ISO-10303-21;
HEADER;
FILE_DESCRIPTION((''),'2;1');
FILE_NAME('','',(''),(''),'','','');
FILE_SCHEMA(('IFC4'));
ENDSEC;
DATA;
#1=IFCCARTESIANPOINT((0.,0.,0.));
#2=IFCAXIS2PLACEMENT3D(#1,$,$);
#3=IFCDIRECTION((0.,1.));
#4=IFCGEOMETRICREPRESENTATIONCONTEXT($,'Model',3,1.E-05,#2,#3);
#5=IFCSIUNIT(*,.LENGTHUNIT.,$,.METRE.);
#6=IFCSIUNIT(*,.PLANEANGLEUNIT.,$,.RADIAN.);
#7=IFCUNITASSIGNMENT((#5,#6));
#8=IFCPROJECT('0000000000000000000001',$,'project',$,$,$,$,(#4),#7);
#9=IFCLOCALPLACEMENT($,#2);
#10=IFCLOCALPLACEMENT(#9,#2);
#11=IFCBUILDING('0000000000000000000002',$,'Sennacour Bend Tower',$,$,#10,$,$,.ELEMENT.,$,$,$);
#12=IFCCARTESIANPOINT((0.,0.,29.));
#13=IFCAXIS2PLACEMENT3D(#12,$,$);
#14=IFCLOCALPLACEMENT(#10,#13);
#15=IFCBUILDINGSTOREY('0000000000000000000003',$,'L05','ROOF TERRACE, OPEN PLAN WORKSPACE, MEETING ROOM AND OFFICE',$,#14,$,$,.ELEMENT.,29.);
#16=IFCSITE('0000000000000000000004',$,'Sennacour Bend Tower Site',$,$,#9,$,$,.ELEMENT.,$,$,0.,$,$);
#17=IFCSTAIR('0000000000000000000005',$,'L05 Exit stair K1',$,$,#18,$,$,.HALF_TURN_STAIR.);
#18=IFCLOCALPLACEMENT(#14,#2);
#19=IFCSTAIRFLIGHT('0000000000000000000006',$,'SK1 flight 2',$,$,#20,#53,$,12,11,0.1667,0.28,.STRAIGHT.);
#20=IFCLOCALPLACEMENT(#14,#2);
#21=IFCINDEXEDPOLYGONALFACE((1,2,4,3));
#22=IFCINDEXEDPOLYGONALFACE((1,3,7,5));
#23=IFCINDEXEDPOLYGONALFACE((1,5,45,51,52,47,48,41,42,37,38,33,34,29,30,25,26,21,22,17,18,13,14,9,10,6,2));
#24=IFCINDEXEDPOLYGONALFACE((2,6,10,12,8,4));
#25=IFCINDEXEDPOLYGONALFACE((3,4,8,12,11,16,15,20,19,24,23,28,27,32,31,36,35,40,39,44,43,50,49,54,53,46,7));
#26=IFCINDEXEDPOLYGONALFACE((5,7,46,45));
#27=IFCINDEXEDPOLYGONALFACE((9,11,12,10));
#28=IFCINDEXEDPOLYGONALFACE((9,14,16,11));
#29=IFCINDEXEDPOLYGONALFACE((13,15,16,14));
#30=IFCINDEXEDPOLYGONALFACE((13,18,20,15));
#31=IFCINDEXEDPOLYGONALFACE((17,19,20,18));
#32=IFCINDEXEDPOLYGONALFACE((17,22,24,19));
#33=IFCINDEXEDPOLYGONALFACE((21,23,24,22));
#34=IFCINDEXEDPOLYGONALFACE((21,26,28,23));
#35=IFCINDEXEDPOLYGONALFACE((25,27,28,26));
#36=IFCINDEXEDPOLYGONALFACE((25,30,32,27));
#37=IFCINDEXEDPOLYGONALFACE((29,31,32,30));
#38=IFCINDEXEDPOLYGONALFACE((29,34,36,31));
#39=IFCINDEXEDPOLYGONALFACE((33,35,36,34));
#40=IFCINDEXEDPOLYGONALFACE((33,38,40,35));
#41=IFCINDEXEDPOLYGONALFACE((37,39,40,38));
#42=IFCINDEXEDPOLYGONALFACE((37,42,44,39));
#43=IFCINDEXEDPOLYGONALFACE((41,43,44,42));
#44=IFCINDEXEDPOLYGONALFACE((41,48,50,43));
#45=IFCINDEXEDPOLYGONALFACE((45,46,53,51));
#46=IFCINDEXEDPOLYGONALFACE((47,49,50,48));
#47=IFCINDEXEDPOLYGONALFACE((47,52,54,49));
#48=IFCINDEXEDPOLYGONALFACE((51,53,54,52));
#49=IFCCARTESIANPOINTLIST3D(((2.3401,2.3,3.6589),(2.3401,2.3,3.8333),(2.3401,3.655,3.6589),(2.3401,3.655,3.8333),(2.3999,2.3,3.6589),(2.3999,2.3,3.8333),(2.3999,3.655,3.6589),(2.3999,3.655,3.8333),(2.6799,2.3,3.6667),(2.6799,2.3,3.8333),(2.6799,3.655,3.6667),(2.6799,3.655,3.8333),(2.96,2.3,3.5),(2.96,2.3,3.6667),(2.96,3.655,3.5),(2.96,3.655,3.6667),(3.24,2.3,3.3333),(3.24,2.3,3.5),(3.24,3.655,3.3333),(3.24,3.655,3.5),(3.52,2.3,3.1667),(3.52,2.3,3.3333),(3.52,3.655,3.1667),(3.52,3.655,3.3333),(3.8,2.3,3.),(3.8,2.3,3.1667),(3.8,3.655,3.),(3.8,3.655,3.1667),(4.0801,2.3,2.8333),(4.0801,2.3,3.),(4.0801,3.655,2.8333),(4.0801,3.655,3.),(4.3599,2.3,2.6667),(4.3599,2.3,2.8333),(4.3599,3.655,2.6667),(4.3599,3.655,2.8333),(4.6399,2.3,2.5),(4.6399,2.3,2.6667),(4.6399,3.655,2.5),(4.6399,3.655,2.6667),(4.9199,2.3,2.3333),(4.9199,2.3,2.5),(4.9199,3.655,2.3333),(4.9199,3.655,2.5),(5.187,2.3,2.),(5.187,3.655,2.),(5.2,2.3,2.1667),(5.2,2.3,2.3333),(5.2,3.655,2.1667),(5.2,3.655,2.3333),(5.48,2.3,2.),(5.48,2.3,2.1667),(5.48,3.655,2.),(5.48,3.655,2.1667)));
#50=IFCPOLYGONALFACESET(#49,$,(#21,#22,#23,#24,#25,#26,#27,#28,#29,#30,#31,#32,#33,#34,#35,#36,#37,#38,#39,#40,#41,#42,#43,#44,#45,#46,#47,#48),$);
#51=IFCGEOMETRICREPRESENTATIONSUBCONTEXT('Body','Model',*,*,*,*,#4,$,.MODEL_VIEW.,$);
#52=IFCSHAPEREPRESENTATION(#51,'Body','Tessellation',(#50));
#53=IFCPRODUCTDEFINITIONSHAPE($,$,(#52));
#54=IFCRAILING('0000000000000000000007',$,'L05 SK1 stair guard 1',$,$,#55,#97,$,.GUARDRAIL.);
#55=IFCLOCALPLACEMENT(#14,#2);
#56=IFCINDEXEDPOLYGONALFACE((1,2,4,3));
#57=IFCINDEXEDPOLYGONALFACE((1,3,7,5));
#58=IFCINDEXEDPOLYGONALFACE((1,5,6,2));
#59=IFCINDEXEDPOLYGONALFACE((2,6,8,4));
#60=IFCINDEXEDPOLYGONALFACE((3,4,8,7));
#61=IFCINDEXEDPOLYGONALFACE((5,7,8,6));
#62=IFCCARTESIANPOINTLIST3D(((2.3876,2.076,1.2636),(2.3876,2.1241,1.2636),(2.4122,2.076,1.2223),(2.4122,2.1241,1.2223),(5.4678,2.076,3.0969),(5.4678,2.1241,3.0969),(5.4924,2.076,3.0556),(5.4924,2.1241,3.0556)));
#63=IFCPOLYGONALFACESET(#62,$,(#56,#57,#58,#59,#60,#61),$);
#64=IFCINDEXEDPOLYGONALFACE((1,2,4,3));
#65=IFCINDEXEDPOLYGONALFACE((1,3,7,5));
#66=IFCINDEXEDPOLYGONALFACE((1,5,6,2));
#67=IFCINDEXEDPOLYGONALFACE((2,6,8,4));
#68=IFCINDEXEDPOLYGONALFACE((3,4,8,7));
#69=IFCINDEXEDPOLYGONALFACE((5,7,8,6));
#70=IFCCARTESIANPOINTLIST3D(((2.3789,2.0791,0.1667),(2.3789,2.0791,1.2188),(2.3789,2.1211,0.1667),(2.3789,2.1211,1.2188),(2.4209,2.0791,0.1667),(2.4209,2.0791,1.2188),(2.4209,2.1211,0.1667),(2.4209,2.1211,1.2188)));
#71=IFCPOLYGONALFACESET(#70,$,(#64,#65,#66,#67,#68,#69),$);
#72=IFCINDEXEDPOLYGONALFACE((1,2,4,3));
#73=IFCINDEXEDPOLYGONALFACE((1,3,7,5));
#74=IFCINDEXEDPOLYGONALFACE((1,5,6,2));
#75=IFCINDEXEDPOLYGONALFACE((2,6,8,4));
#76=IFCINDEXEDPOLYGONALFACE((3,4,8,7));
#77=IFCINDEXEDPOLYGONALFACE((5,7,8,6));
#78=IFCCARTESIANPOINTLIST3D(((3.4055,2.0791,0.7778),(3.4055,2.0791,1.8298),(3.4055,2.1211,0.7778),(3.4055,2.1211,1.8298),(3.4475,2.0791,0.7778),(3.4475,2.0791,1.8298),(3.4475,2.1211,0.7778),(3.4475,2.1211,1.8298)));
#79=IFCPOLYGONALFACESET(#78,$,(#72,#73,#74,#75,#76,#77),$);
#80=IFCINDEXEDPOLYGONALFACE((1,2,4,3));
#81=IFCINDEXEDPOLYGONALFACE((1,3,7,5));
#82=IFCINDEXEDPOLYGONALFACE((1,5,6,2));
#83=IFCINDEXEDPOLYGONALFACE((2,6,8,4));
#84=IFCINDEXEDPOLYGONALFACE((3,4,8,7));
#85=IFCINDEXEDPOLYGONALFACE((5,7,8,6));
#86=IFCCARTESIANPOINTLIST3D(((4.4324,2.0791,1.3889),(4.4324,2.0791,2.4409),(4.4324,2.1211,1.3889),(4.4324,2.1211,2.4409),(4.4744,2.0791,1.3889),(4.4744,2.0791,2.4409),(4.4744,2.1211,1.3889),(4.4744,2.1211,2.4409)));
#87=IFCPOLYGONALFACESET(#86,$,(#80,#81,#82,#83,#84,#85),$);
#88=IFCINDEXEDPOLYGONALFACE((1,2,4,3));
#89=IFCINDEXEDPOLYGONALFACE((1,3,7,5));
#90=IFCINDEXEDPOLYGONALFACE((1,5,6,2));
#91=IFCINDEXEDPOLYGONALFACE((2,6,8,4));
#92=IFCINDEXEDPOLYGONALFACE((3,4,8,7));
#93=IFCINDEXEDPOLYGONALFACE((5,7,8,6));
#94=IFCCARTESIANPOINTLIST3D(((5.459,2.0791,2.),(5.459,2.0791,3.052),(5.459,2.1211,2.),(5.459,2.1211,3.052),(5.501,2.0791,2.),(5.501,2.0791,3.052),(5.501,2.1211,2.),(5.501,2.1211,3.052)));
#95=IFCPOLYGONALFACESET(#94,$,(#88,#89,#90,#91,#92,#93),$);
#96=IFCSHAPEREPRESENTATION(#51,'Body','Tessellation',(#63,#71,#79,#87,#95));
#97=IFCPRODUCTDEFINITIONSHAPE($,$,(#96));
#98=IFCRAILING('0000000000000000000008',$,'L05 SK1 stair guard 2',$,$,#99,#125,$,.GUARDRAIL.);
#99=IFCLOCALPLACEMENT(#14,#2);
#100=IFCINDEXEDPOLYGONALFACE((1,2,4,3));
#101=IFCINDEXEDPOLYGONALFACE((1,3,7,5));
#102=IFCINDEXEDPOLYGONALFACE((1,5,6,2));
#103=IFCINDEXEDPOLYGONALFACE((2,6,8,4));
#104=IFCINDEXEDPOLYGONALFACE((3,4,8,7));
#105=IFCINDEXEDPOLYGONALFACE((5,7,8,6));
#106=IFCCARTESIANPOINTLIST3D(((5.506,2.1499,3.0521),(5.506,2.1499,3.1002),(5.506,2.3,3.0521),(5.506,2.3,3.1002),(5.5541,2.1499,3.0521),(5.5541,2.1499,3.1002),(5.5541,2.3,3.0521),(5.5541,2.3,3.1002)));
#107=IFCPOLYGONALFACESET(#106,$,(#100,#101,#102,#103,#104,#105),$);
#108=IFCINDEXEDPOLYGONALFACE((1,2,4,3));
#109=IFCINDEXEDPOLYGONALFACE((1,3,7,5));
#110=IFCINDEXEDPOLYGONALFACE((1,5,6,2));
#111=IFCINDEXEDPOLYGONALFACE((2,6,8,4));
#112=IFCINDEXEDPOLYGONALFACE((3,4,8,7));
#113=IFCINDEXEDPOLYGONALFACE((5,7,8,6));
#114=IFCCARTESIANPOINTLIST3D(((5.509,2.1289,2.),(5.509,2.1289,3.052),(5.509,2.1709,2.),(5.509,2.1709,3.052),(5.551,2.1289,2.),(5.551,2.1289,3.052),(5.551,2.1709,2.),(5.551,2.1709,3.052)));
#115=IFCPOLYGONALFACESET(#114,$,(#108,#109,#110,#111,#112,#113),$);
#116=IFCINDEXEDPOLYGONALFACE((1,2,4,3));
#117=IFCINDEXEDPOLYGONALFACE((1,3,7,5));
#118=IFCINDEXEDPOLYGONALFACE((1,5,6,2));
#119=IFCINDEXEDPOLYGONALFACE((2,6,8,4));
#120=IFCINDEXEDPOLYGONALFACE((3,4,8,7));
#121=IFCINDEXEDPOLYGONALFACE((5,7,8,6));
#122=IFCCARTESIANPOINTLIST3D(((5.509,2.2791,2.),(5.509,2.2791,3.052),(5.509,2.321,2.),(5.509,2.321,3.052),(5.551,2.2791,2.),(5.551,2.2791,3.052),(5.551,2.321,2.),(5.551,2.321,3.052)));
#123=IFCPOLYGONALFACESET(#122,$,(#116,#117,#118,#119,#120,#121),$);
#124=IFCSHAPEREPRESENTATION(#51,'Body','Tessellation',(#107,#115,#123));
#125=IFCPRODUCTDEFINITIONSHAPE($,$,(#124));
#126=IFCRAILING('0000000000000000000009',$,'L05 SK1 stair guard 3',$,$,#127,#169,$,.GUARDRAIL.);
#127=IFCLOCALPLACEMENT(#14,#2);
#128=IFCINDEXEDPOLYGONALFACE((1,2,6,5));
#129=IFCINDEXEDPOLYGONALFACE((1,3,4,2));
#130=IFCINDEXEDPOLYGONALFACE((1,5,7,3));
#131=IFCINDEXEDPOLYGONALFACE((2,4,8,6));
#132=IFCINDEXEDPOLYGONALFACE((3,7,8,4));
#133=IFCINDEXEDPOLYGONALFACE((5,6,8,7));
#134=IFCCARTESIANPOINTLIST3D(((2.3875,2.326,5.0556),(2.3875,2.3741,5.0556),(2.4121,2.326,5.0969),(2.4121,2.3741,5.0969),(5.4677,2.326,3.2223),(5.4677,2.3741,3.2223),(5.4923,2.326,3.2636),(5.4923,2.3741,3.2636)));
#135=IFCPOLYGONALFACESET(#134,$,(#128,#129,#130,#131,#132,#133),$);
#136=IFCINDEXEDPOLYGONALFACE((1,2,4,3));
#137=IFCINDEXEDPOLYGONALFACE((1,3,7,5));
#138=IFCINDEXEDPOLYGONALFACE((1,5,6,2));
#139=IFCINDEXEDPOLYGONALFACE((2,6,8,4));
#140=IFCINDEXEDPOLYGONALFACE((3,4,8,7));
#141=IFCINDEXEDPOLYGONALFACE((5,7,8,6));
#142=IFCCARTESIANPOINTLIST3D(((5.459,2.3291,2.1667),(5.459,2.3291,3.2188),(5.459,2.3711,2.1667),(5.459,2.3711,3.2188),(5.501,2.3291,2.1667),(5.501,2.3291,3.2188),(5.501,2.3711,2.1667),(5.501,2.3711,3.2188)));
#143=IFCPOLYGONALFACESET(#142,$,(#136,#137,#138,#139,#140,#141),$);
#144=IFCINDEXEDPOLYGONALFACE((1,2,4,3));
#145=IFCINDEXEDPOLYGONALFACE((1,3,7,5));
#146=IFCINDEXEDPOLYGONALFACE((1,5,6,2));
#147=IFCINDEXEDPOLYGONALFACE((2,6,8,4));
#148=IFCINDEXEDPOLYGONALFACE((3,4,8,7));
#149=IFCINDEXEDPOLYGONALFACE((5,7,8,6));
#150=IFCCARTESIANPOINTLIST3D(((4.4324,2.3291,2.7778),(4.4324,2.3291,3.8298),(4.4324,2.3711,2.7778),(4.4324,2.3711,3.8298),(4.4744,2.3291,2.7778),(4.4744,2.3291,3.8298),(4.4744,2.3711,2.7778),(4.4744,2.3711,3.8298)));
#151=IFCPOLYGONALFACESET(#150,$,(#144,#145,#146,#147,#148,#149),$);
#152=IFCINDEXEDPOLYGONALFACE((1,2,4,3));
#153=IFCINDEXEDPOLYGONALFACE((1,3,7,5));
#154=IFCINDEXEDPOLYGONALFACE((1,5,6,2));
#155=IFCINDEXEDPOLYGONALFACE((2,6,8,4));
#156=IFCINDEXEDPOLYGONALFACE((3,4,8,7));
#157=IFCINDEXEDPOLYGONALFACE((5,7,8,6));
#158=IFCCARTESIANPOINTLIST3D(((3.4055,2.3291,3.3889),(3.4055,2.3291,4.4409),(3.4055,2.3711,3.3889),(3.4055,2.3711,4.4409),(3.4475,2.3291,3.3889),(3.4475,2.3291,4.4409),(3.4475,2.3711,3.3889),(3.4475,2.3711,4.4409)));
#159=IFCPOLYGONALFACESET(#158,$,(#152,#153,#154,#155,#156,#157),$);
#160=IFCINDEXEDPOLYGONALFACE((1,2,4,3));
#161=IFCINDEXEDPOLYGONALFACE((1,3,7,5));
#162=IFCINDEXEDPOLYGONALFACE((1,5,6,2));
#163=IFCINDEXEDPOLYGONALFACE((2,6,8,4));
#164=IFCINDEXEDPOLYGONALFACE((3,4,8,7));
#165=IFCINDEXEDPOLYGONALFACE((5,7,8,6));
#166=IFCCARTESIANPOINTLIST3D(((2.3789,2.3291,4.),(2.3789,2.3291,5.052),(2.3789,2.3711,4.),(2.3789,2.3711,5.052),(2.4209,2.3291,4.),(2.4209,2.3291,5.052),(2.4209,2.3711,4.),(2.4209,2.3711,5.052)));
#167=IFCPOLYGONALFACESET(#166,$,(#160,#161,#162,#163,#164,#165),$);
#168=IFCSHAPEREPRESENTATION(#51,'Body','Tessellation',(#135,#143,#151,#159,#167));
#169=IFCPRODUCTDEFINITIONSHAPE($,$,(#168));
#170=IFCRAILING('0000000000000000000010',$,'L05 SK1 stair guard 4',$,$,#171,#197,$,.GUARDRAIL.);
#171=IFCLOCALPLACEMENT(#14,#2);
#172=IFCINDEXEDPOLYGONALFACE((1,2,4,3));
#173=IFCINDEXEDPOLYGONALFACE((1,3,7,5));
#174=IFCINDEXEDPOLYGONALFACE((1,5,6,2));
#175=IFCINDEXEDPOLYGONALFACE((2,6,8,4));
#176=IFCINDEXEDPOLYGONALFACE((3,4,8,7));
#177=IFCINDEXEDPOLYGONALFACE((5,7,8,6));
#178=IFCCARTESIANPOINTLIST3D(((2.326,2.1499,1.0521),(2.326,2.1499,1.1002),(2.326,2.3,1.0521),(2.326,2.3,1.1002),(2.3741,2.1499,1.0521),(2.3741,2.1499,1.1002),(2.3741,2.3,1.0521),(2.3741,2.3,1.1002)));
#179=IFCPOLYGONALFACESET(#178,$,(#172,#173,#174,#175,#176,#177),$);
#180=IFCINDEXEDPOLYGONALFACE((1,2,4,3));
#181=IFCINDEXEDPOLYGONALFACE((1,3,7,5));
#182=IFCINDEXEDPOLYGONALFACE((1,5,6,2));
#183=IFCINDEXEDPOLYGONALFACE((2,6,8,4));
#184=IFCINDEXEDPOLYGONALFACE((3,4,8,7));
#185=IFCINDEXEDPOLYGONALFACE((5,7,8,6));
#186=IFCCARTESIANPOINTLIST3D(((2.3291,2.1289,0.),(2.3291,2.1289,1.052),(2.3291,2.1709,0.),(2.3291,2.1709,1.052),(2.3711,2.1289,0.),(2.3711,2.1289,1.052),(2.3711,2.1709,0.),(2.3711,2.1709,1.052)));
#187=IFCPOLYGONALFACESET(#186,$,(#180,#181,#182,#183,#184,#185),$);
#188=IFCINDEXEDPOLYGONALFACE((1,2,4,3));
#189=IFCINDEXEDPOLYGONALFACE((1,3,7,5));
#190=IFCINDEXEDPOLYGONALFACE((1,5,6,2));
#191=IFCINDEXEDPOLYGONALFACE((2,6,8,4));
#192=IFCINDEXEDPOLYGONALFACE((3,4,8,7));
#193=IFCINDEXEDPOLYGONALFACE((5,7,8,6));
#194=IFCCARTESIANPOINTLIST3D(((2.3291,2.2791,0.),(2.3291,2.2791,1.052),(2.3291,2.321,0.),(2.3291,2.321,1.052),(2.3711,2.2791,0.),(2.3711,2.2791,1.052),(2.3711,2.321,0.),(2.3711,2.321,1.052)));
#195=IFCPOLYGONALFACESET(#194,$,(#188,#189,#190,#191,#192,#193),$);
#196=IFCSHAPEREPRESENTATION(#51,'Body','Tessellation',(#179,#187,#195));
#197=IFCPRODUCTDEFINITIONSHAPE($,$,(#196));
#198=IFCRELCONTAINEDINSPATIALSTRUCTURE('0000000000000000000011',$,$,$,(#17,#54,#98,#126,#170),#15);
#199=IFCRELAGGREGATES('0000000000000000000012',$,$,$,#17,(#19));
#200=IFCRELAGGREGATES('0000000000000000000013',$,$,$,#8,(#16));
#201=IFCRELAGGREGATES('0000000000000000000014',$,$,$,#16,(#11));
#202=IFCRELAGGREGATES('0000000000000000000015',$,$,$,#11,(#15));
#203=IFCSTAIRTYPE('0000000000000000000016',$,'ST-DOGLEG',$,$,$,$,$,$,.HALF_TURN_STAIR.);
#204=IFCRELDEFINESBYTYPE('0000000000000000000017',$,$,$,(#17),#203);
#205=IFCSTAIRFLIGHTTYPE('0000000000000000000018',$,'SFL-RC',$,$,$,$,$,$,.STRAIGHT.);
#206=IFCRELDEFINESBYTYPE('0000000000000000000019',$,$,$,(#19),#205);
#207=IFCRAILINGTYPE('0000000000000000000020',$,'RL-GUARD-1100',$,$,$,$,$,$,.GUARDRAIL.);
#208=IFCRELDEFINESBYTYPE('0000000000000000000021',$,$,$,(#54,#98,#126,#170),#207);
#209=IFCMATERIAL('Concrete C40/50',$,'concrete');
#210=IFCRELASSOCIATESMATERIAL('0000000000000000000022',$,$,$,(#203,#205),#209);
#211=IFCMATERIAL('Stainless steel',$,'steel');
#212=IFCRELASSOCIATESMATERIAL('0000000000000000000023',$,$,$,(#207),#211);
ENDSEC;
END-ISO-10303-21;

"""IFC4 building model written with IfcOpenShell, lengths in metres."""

from ifc_helpers import new_model, si_unit, direction, frame, origin, origin_2d, place, context, subcontext, project, spatial, polyline, rectangle, outline, extrude, material, type_object, element, aggregate, save


model = new_model("IFC4")

# Units and contexts
model_context = context("Model", 3, precision=1e-05, world=origin(), true_north=direction((0.0, 1.0)))
body_context = subcontext(model_context, "Body", "Model", "MODEL_VIEW")
ifc_project = project(units=[si_unit("LENGTHUNIT", "METRE"), si_unit("PLANEANGLEUNIT", "RADIAN")], contexts=[model_context])

# Site, building, storey
site_placement = place(None, origin())
site = spatial("IfcSite", under=ifc_project, at=site_placement, Name="Sennacour Bend Tower Site", CompositionType="ELEMENT", RefElevation=0.0)
building_placement = place(site_placement, origin())
building = spatial("IfcBuilding", under=site, at=building_placement, Name="Sennacour Bend Tower", CompositionType="ELEMENT")
storey_placement = place(building_placement, frame((0.0, 0.0, 29.0)))
storey = spatial("IfcBuildingStorey", under=building, at=storey_placement, Name="L05", Description="ROOF TERRACE, OPEN PLAN WORKSPACE, MEETING ROOM AND OFFICE", CompositionType="ELEMENT", Elevation=29.0)

# Stair, stair flight
ifc_material_1 = material(Name="Concrete C40/50", Category="concrete")
stair_type = type_object("IfcStairType", Name="ST-DOGLEG", PredefinedType="HALF_TURN_STAIR", material=ifc_material_1)
stair_placement = place(storey_placement, origin())
stair = element("IfcStair", 1, at=stair_placement, inside=storey, type_object=stair_type, Name="L05 Exit stair K1", PredefinedType="HALF_TURN_STAIR")
stair_flight_type = type_object("IfcStairFlightType", Name="SFL-RC", PredefinedType="STRAIGHT", material=ifc_material_1)
stair_flight_1_placement = place(storey_placement, frame((5.48, 2.9775, 2.0), z_axis=(0.0, 0.0, 1.0), x_axis=(-1.0, 0.0, 0.0)))
stair_flight_1 = element("IfcStairFlight", 2, at=stair_flight_1_placement, type_object=stair_flight_type, Name="SK1 flight 2", NumberOfRisers=12, NumberOfTreads=11, PredefinedType="STRAIGHT", RiserHeight=0.1667, TreadLength=0.28, context=body_context, shape_type="SweptSolid", body=[
    extrude(outline(polyline([(0.0, 0.0), (0.0, 0.1667), (0.28, 0.1667), (0.28, 0.3333), (0.5601, 0.3333), (0.5601, 0.5), (0.8401, 0.5), (0.8401, 0.6667), (1.1201, 0.6667), (1.1201, 0.8333), (1.3999, 0.8333), (1.3999, 1.0), (1.6799, 1.0), (1.6799, 1.1667), (1.96, 1.1667), (1.96, 1.3333), (2.24, 1.3333), (2.24, 1.5), (2.52, 1.5), (2.52, 1.6667), (2.8, 1.6667), (2.8, 1.8333), (3.0801, 1.8333), (3.1399, 1.8333), (3.1399, 1.6589), (3.0801, 1.6589), (0.293, 0.0), (0.0, 0.0)])), frame((0.0, 0.6775, 0.0), z_axis=(0.0, -1.0, 0.0), x_axis=(1.0, 0.0, 0.0)), (0.0, 0.0, 1.0), 1.355),
])
aggregate(stair, [stair_flight_1])

# Railings
ifc_material_2 = material(Name="Stainless steel", Category="steel")
railing_type_1 = type_object("IfcRailingType", Name="RL-GUARD-1100", PredefinedType="GUARDRAIL", material=ifc_material_2)
railing_1_placement = place(storey_placement, frame((2.3999, 2.1001, 0.1667)))
element("IfcRailing", 3, at=railing_1_placement, inside=storey, type_object=railing_type_1, Name="L05 SK1 stair guard 1", PredefinedType="GUARDRAIL", context=body_context, shape_type="SweptSolid", body=[
    extrude(rectangle(XDim=0.0481, YDim=0.0481, at=origin_2d()), frame((0.0, 0.0, 1.0762), z_axis=(0.859309, 0.0, 0.511458), x_axis=(0.0, 1.0, 0.0)), (0.0, 0.0, 1.0), 3.5845),
    extrude(rectangle(XDim=0.042, YDim=0.042, at=origin_2d()), origin(), (0.0, 0.0, 1.0), 1.052),
    extrude(rectangle(XDim=0.042, YDim=0.042, at=origin_2d()), frame((1.0266, 0.0, 0.6111)), (0.0, 0.0, 1.0), 1.052),
    extrude(rectangle(XDim=0.042, YDim=0.042, at=origin_2d()), frame((2.0535, 0.0, 1.2222)), (0.0, 0.0, 1.0), 1.052),
    extrude(rectangle(XDim=0.042, YDim=0.042, at=origin_2d()), frame((3.0801, 0.0, 1.8333)), (0.0, 0.0, 1.0), 1.052),
])
railing_2_placement = place(storey_placement, frame((5.53, 2.1499, 2.0)))
element("IfcRailing", 4, at=railing_2_placement, inside=storey, type_object=railing_type_1, Name="L05 SK1 stair guard 2", PredefinedType="GUARDRAIL", context=body_context, shape_type="SweptSolid", body=[
    extrude(rectangle(XDim=0.0481, YDim=0.0481, at=origin_2d()), frame((0.0, 0.0, 1.0762), z_axis=(0.0, 1.0, 0.0), x_axis=(-1.0, 0.0, 0.0)), (0.0, 0.0, 1.0), 0.1501),
    extrude(rectangle(XDim=0.042, YDim=0.042, at=origin_2d()), origin(), (0.0, 0.0, 1.0), 1.052),
    extrude(rectangle(XDim=0.042, YDim=0.042, at=origin_2d()), frame((0.0, 0.1501, 0.0)), (0.0, 0.0, 1.0), 1.052),
])
railing_3_placement = place(storey_placement, frame((5.48, 2.3501, 2.1667)))
element("IfcRailing", 5, at=railing_3_placement, inside=storey, type_object=railing_type_1, Name="L05 SK1 stair guard 3", PredefinedType="GUARDRAIL", context=body_context, shape_type="SweptSolid", body=[
    extrude(rectangle(XDim=0.0481, YDim=0.0481, at=origin_2d()), frame((0.0, 0.0, 1.0762), z_axis=(-0.859309, 0.0, 0.511458), x_axis=(0.0, -1.0, 0.0)), (0.0, 0.0, 1.0), 3.5845),
    extrude(rectangle(XDim=0.042, YDim=0.042, at=origin_2d()), origin(), (0.0, 0.0, 1.0), 1.052),
    extrude(rectangle(XDim=0.042, YDim=0.042, at=origin_2d()), frame((-1.0266, 0.0, 0.6111)), (0.0, 0.0, 1.0), 1.052),
    extrude(rectangle(XDim=0.042, YDim=0.042, at=origin_2d()), frame((-2.0535, 0.0, 1.2222)), (0.0, 0.0, 1.0), 1.052),
    extrude(rectangle(XDim=0.042, YDim=0.042, at=origin_2d()), frame((-3.0801, 0.0, 1.8333)), (0.0, 0.0, 1.0), 1.052),
])
railing_4_placement = place(storey_placement, frame((2.3501, 2.1499, 0.0)))
element("IfcRailing", 6, at=railing_4_placement, inside=storey, type_object=railing_type_1, Name="L05 SK1 stair guard 4", PredefinedType="GUARDRAIL", context=body_context, shape_type="SweptSolid", body=[
    extrude(rectangle(XDim=0.0481, YDim=0.0481, at=origin_2d()), frame((0.0, 0.0, 1.0762), z_axis=(0.0, 1.0, 0.0), x_axis=(-1.0, 0.0, 0.0)), (0.0, 0.0, 1.0), 0.1501),
    extrude(rectangle(XDim=0.042, YDim=0.042, at=origin_2d()), origin(), (0.0, 0.0, 1.0), 1.052),
    extrude(rectangle(XDim=0.042, YDim=0.042, at=origin_2d()), frame((0.0, 0.1501, 0.0)), (0.0, 0.0, 1.0), 1.052),
])

save(model, "model.ifc")
